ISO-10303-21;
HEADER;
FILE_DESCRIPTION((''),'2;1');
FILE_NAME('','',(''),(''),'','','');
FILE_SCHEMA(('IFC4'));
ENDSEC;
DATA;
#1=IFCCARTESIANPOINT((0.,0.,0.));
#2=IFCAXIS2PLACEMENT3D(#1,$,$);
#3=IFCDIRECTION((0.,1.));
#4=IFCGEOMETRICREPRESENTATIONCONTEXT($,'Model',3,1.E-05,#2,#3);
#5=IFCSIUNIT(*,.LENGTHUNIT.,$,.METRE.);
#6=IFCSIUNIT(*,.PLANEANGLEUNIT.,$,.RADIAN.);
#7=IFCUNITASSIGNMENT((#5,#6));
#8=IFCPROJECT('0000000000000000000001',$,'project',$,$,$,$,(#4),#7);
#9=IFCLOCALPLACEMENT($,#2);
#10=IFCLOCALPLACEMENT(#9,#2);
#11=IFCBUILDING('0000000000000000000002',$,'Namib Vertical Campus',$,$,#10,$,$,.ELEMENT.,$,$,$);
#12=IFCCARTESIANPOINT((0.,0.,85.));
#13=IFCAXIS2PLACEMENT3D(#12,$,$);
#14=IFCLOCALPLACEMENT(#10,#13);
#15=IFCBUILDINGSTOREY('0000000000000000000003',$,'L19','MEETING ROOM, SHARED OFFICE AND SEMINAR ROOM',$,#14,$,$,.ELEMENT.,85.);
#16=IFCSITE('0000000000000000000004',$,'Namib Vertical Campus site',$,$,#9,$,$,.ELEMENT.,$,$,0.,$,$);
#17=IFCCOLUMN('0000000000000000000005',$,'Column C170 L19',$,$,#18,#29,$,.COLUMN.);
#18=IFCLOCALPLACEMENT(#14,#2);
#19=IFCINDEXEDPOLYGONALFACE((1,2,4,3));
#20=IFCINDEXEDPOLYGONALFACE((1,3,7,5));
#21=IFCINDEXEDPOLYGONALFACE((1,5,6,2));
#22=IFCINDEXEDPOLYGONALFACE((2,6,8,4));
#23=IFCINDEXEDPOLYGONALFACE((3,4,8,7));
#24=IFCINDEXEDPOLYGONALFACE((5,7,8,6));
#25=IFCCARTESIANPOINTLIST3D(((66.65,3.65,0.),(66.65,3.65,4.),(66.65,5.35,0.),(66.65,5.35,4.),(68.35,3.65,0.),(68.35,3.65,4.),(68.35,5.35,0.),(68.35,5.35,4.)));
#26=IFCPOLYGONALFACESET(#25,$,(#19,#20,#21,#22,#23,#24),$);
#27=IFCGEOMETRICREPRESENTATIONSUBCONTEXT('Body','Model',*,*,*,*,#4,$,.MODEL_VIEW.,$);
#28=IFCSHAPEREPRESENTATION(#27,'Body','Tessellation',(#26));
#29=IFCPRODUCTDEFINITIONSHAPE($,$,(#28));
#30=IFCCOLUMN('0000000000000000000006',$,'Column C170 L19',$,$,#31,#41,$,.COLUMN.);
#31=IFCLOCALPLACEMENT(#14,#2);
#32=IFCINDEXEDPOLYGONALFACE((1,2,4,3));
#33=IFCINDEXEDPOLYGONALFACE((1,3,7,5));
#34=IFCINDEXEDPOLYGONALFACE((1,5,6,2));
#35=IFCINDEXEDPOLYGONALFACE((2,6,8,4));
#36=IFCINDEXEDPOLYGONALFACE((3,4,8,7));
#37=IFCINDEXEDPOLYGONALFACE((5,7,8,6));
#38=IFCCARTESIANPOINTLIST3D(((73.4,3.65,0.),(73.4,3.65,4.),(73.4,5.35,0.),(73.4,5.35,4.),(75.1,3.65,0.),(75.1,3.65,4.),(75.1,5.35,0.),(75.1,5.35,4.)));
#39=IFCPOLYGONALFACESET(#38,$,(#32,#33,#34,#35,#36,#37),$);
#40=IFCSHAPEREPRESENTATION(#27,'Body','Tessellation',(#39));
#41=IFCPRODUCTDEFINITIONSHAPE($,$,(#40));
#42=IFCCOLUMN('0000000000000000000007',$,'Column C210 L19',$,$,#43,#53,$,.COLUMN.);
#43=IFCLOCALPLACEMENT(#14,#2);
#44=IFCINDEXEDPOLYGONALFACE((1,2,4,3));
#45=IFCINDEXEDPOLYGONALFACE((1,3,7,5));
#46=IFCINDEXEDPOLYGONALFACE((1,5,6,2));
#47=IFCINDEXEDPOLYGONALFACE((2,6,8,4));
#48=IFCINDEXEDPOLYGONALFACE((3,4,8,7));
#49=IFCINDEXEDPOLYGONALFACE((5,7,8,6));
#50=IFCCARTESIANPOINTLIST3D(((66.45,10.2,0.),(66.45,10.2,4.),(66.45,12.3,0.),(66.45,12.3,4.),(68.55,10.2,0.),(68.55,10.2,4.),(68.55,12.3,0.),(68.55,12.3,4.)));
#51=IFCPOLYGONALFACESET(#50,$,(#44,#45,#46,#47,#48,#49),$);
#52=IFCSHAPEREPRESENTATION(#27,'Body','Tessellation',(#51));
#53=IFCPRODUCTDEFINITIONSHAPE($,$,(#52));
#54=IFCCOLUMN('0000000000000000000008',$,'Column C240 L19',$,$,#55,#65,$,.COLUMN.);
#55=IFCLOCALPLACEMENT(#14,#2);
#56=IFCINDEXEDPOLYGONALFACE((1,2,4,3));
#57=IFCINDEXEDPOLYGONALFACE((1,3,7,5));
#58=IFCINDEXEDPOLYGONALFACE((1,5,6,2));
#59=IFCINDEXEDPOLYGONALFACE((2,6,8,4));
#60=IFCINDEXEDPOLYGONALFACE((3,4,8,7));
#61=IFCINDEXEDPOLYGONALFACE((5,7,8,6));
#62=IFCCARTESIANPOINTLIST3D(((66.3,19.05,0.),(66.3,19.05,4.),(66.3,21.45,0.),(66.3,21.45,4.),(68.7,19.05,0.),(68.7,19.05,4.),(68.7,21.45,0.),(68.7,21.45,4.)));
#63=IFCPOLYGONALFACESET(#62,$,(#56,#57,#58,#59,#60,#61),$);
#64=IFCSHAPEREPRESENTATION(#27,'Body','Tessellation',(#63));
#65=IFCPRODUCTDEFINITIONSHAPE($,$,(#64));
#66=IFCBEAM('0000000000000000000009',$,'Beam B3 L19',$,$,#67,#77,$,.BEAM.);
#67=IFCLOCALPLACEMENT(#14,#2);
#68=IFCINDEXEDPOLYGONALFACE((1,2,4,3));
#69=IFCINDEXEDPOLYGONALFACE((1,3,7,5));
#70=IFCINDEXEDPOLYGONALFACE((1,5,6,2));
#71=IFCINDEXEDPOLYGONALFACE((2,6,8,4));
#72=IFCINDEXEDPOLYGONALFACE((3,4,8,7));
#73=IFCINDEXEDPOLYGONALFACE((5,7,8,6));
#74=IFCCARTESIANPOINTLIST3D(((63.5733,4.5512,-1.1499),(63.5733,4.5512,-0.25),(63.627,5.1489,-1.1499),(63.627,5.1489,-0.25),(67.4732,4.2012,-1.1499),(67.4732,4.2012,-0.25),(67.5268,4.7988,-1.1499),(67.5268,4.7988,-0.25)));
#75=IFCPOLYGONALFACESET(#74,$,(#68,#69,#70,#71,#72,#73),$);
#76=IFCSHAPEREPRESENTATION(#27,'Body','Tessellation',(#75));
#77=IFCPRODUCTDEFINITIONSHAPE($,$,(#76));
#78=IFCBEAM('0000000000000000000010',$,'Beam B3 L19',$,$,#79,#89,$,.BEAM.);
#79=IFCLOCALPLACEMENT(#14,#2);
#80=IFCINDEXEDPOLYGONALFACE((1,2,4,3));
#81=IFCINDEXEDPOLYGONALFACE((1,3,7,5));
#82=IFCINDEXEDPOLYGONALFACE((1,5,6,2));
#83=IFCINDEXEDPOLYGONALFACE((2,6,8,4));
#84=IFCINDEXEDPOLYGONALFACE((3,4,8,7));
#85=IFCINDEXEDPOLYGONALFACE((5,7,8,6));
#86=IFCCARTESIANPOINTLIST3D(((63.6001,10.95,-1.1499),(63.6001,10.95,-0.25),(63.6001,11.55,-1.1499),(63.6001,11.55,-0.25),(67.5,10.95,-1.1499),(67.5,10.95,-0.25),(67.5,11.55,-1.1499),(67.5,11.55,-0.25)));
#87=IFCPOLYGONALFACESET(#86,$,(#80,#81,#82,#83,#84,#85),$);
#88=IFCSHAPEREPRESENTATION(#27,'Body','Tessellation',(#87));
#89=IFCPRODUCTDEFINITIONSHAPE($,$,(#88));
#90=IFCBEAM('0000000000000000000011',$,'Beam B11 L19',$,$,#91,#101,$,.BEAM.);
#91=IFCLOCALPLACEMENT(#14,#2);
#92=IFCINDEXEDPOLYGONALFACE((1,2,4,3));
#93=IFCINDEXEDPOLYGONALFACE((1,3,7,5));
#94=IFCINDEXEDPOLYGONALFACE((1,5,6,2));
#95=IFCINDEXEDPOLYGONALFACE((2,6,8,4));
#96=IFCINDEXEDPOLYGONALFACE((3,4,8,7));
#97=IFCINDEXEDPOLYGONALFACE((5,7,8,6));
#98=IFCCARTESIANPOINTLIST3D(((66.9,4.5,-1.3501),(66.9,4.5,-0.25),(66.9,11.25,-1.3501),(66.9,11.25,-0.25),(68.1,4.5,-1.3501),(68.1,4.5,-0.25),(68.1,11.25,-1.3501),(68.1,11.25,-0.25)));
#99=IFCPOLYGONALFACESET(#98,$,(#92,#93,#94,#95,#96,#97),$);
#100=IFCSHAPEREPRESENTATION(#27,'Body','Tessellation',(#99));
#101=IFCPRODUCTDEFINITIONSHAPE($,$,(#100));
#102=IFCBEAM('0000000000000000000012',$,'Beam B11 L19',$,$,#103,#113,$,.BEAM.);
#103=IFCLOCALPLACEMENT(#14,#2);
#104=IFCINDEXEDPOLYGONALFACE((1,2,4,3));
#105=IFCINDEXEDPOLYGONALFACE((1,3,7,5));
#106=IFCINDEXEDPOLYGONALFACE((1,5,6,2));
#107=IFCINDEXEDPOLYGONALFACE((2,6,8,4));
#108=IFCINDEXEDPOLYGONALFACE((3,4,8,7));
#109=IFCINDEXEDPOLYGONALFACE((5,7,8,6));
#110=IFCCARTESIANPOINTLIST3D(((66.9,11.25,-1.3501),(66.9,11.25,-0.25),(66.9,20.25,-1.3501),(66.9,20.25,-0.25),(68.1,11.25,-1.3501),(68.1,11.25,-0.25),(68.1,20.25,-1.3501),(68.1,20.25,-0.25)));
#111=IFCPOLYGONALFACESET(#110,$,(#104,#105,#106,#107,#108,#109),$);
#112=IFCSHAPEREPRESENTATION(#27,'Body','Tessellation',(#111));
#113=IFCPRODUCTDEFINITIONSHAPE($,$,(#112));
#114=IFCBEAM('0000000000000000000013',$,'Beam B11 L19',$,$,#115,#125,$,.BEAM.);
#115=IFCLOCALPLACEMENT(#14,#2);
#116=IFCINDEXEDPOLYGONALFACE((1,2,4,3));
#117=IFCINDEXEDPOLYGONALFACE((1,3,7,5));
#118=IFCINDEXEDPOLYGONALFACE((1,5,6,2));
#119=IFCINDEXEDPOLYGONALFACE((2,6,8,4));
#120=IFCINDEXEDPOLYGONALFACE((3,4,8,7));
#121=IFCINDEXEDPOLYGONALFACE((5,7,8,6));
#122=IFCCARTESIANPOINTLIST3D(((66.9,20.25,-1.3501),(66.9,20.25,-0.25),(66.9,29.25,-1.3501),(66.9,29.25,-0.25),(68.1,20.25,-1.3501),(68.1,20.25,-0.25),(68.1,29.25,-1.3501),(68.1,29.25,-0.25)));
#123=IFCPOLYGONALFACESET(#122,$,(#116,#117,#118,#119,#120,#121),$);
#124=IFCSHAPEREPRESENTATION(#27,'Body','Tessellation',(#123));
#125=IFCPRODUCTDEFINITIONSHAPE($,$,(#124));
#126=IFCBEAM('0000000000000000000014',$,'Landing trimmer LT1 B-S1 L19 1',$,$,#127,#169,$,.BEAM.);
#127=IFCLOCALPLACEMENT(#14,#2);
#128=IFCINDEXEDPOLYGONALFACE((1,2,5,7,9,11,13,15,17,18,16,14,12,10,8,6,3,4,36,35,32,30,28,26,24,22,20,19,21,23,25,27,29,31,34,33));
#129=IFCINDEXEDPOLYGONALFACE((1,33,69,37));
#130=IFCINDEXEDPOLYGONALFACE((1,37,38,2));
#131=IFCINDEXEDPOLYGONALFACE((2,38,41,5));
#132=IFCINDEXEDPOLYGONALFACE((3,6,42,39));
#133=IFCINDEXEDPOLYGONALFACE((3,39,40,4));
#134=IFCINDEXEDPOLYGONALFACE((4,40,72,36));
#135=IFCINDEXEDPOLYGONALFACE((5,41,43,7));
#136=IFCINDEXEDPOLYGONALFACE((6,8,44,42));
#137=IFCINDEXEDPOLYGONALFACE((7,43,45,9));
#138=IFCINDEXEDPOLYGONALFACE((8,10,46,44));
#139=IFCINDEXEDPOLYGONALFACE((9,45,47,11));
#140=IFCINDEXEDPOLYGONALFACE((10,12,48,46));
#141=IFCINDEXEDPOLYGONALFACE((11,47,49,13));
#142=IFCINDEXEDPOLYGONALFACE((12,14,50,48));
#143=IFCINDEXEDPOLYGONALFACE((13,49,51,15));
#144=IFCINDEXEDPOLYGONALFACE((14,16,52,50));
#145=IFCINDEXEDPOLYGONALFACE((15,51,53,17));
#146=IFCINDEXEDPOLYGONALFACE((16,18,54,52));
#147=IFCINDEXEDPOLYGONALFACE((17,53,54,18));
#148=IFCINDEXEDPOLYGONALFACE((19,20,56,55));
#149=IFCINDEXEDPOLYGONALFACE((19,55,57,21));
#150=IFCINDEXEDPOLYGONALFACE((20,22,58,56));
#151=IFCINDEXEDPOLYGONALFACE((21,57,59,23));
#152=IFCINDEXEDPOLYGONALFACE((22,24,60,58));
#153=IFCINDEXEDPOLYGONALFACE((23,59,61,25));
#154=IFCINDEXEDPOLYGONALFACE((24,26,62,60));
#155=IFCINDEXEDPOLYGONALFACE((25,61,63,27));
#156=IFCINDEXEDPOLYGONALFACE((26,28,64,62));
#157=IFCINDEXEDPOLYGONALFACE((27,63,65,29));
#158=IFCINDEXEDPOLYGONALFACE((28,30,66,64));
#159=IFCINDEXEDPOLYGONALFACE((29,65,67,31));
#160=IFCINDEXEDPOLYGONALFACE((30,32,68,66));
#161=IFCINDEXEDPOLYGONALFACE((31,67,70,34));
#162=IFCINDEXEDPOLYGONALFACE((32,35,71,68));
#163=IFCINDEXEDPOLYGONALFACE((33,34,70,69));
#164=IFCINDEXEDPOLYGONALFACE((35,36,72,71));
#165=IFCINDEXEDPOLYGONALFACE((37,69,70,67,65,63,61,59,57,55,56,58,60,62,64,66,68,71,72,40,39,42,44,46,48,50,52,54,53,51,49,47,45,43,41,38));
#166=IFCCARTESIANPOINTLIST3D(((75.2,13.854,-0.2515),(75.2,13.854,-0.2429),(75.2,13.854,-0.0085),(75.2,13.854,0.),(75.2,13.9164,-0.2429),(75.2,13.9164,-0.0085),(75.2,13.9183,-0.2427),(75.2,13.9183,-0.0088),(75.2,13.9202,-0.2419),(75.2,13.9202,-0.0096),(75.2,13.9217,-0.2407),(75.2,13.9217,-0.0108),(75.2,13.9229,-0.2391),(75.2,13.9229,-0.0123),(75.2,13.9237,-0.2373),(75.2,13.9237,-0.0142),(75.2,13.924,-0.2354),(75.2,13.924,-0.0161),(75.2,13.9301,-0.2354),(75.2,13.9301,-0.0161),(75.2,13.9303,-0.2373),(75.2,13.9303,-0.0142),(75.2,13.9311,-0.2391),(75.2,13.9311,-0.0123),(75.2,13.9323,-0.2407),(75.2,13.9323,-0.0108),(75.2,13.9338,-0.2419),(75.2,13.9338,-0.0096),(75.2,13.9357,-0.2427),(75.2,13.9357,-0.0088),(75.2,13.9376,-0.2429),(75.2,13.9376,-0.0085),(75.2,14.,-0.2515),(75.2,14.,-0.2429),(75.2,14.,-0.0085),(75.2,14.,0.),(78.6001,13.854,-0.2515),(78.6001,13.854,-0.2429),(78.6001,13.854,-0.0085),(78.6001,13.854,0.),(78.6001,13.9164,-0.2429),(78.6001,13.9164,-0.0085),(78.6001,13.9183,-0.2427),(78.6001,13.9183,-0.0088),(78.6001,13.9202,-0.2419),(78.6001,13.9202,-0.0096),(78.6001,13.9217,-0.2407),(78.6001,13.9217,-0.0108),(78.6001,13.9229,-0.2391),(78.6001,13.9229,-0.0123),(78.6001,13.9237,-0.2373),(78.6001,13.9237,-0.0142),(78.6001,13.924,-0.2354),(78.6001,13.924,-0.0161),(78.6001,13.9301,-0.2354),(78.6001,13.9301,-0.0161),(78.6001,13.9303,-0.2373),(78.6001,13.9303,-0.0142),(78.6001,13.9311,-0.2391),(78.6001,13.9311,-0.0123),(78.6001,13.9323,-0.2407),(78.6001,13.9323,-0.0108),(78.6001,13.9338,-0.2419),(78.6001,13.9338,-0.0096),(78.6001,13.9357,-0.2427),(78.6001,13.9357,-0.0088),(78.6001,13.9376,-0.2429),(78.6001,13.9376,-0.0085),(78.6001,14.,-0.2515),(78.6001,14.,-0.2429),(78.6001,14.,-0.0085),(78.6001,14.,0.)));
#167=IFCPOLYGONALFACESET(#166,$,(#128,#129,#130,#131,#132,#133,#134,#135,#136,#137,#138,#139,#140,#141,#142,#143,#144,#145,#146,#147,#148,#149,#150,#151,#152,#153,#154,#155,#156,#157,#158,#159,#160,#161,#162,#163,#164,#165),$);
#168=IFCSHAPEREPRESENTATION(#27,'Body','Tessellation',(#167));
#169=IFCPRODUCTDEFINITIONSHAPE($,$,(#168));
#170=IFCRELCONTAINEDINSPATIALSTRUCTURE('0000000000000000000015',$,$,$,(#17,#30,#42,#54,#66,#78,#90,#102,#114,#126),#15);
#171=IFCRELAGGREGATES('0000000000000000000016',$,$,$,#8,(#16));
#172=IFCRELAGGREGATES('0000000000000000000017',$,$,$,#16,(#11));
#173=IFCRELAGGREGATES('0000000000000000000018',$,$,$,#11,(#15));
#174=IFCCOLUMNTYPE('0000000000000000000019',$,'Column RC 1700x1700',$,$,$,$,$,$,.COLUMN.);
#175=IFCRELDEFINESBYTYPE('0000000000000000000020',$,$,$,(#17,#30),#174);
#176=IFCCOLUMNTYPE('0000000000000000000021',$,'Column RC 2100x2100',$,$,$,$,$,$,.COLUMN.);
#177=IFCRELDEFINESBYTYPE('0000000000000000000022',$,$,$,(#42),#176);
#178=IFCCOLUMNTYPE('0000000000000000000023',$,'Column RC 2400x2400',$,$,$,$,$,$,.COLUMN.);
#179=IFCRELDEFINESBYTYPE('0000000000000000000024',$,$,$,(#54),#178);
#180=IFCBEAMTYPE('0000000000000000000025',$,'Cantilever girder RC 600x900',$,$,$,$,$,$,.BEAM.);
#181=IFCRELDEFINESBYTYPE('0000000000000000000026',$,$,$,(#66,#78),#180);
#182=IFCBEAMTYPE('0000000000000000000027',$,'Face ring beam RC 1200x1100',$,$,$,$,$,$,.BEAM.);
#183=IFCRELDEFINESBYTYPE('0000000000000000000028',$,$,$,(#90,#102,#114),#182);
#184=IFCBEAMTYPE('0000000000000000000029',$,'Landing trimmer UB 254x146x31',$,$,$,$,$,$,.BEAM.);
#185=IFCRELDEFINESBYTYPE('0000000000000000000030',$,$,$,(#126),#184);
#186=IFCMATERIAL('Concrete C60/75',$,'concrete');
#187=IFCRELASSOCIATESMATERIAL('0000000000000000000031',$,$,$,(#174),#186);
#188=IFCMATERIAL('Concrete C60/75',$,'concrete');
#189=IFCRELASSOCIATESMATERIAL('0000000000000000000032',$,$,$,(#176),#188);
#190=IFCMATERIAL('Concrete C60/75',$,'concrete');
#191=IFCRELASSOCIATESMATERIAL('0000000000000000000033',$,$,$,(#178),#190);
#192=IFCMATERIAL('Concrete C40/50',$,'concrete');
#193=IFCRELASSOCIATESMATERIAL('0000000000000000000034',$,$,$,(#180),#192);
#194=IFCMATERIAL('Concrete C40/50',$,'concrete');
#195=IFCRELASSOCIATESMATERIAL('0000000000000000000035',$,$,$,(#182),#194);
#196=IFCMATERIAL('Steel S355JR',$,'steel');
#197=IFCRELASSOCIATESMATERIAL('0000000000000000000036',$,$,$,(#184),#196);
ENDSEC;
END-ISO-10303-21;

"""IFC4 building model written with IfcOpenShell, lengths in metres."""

from ifc_helpers import new_model, si_unit, direction, frame, origin, origin_2d, place, context, subcontext, project, spatial, rectangle, i_section, extrude, material, material_profile, profile_set, type_object, element, save


model = new_model("IFC4")

# Units and contexts
model_context = context("Model", 3, precision=1e-05, world=origin(), true_north=direction((0.0, 1.0)))
body_context = subcontext(model_context, "Body", "Model", "MODEL_VIEW")
ifc_project = project(units=[si_unit("LENGTHUNIT", "METRE"), si_unit("PLANEANGLEUNIT", "RADIAN")], contexts=[model_context])

# Site, building, storey
site_placement = place(None, origin())
site = spatial("IfcSite", under=ifc_project, at=site_placement, Name="Namib Vertical Campus site", CompositionType="ELEMENT", RefElevation=0.0)
building_placement = place(site_placement, origin())
building = spatial("IfcBuilding", under=site, at=building_placement, Name="Namib Vertical Campus", CompositionType="ELEMENT")
storey_placement = place(building_placement, frame((0.0, 0.0, 85.0)))
storey = spatial("IfcBuildingStorey", under=building, at=storey_placement, Name="L19", Description="MEETING ROOM, SHARED OFFICE AND SEMINAR ROOM", CompositionType="ELEMENT", Elevation=85.0)

# Columns
ifc_material_1 = material(Name="Concrete C60/75", Category="concrete")
ifc_material_profile_1 = material_profile(ifc_material_1, rectangle(XDim=1.7, YDim=1.7, at=origin_2d()))
ifc_profile_set_1 = profile_set([ifc_material_profile_1], Name="Concrete C60/75")
column_type_1 = type_object("IfcColumnType", Name="Column RC 1700x1700", PredefinedType="COLUMN", material=ifc_profile_set_1)
for number, where, z_axis, x_axis, name in (
    (1, (67.5, 4.5, 0.0), (0.0, 0.0, 1.0), (1.0, 0.0, 0.0), "Column C170 L19"),
    (2, (74.25, 4.5, 0.0), (0.0, 0.0, 1.0), (1.0, 0.0, 0.0), "Column C170 L19"),
):
    element("IfcColumn", number, at=place(storey_placement, frame(where, z_axis=z_axis, x_axis=x_axis)), inside=storey, type_object=column_type_1, Name=name, PredefinedType="COLUMN", context=body_context, shape_type="SweptSolid", body=[
        extrude(rectangle(XDim=1.7, YDim=1.7, at=origin_2d()), origin(), (0.0, 0.0, 1.0), 4.0),
    ])
ifc_material_2 = material(Name="Concrete C60/75", Category="concrete")
ifc_material_profile_2 = material_profile(ifc_material_2, rectangle(XDim=2.1001, YDim=2.1001, at=origin_2d()))
ifc_profile_set_2 = profile_set([ifc_material_profile_2], Name="Concrete C60/75")
column_type_2 = type_object("IfcColumnType", Name="Column RC 2100x2100", PredefinedType="COLUMN", material=ifc_profile_set_2)
column_1_placement = place(storey_placement, frame((67.5, 11.25, 0.0), z_axis=(0.0, 0.0, 1.0), x_axis=(1.0, 0.0, 0.0)))
element("IfcColumn", 3, at=column_1_placement, inside=storey, type_object=column_type_2, Name="Column C210 L19", PredefinedType="COLUMN", context=body_context, shape_type="SweptSolid", body=[
    extrude(rectangle(XDim=2.1001, YDim=2.1001, at=origin_2d()), origin(), (0.0, 0.0, 1.0), 4.0),
])
ifc_material_3 = material(Name="Concrete C60/75", Category="concrete")
ifc_material_profile_3 = material_profile(ifc_material_3, rectangle(XDim=2.3999, YDim=2.3999, at=origin_2d()))
ifc_profile_set_3 = profile_set([ifc_material_profile_3], Name="Concrete C60/75")
column_type_3 = type_object("IfcColumnType", Name="Column RC 2400x2400", PredefinedType="COLUMN", material=ifc_profile_set_3)
column_2_placement = place(storey_placement, frame((67.5, 20.25, 0.0), z_axis=(0.0, 0.0, 1.0), x_axis=(1.0, 0.0, 0.0)))
element("IfcColumn", 4, at=column_2_placement, inside=storey, type_object=column_type_3, Name="Column C240 L19", PredefinedType="COLUMN", context=body_context, shape_type="SweptSolid", body=[
    extrude(rectangle(XDim=2.3999, YDim=2.3999, at=origin_2d()), origin(), (0.0, 0.0, 1.0), 4.0),
])

# Beams
ifc_material_4 = material(Name="Concrete C40/50", Category="concrete")
ifc_material_profile_4 = material_profile(ifc_material_4, rectangle(XDim=0.6001, YDim=0.8999, at=origin_2d()))
ifc_profile_set_4 = profile_set([ifc_material_profile_4], Name="Concrete C40/50")
beam_type_1 = type_object("IfcBeamType", Name="Cantilever girder RC 600x900", PredefinedType="BEAM", material=ifc_profile_set_4)
beam_1_placement = place(storey_placement, frame((67.5, 4.5, -0.7), z_axis=(-0.995995, 0.089411, 0.0), x_axis=(-0.089411, -0.995995, 0.0)))
element("IfcBeam", 5, at=beam_1_placement, inside=storey, type_object=beam_type_1, Name="Beam B3 L19", PredefinedType="BEAM", context=body_context, shape_type="SweptSolid", body=[
    extrude(rectangle(XDim=0.6001, YDim=0.8999, at=origin_2d()), origin(), (0.0, 0.0, 1.0), 3.9155),
])
beam_2_placement = place(storey_placement, frame((67.5, 11.25, -0.7), z_axis=(-1.0, 0.0, 0.0), x_axis=(0.0, -1.0, 0.0)))
element("IfcBeam", 6, at=beam_2_placement, inside=storey, type_object=beam_type_1, Name="Beam B3 L19", PredefinedType="BEAM", context=body_context, shape_type="SweptSolid", body=[
    extrude(rectangle(XDim=0.6001, YDim=0.8999, at=origin_2d()), origin(), (0.0, 0.0, 1.0), 3.8999),
])
ifc_material_5 = material(Name="Concrete C40/50", Category="concrete")
ifc_material_profile_5 = material_profile(ifc_material_5, rectangle(XDim=1.2, YDim=1.1001, at=origin_2d()))
ifc_profile_set_5 = profile_set([ifc_material_profile_5], Name="Concrete C40/50")
beam_type_2 = type_object("IfcBeamType", Name="Face ring beam RC 1200x1100", PredefinedType="BEAM", material=ifc_profile_set_5)
beam_3_placement = place(storey_placement, frame((67.5, 4.5, -0.8), z_axis=(0.0, 1.0, 0.0), x_axis=(-1.0, 0.0, 0.0)))
element("IfcBeam", 7, at=beam_3_placement, inside=storey, type_object=beam_type_2, Name="Beam B11 L19", PredefinedType="BEAM", context=body_context, shape_type="SweptSolid", body=[
    extrude(rectangle(XDim=1.2, YDim=1.1001, at=origin_2d()), origin(), (0.0, 0.0, 1.0), 6.75),
])
for number, where, z_axis, x_axis, name in (
    (8, (67.5, 11.25, -0.8), (0.0, 1.0, 0.0), (-1.0, 0.0, 0.0), "Beam B11 L19"),
    (9, (67.5, 20.25, -0.8), (0.0, 1.0, 0.0), (-1.0, 0.0, 0.0), "Beam B11 L19"),
):
    element("IfcBeam", number, at=place(storey_placement, frame(where, z_axis=z_axis, x_axis=x_axis)), inside=storey, type_object=beam_type_2, Name=name, PredefinedType="BEAM", context=body_context, shape_type="SweptSolid", body=[
        extrude(rectangle(XDim=1.2, YDim=1.1001, at=origin_2d()), origin(), (0.0, 0.0, 1.0), 9.0),
    ])
ifc_material_6 = material(Name="Steel S355JR", Category="steel")
ifc_material_profile_6 = material_profile(ifc_material_6, i_section(OverallWidth=0.146, OverallDepth=0.2515, WebThickness=0.0061, FlangeThickness=0.0085, FilletRadius=0.0076, at=origin_2d()))
ifc_profile_set_6 = profile_set([ifc_material_profile_6], Name="Steel S355JR")
beam_type_3 = type_object("IfcBeamType", Name="Landing trimmer UB 254x146x31", PredefinedType="BEAM", material=ifc_profile_set_6)
for number, where, z_axis, x_axis, name in (
    (10, (75.2, 13.927, -0.1257), (1.0, 0.0, 0.0), (0.0, 1.0, 0.0), "Landing trimmer LT1 B-S1 L19 1"),
):
    element("IfcBeam", number, at=place(storey_placement, frame(where, z_axis=z_axis, x_axis=x_axis)), inside=storey, type_object=beam_type_3, Name=name, PredefinedType="BEAM", context=body_context, shape_type="SweptSolid", body=[
        extrude(i_section(OverallWidth=0.146, OverallDepth=0.2515, WebThickness=0.0061, FlangeThickness=0.0085, FilletRadius=0.0076, at=origin_2d()), origin(), (0.0, 0.0, 1.0), 3.4001),
    ])

save(model, "model.ifc")
